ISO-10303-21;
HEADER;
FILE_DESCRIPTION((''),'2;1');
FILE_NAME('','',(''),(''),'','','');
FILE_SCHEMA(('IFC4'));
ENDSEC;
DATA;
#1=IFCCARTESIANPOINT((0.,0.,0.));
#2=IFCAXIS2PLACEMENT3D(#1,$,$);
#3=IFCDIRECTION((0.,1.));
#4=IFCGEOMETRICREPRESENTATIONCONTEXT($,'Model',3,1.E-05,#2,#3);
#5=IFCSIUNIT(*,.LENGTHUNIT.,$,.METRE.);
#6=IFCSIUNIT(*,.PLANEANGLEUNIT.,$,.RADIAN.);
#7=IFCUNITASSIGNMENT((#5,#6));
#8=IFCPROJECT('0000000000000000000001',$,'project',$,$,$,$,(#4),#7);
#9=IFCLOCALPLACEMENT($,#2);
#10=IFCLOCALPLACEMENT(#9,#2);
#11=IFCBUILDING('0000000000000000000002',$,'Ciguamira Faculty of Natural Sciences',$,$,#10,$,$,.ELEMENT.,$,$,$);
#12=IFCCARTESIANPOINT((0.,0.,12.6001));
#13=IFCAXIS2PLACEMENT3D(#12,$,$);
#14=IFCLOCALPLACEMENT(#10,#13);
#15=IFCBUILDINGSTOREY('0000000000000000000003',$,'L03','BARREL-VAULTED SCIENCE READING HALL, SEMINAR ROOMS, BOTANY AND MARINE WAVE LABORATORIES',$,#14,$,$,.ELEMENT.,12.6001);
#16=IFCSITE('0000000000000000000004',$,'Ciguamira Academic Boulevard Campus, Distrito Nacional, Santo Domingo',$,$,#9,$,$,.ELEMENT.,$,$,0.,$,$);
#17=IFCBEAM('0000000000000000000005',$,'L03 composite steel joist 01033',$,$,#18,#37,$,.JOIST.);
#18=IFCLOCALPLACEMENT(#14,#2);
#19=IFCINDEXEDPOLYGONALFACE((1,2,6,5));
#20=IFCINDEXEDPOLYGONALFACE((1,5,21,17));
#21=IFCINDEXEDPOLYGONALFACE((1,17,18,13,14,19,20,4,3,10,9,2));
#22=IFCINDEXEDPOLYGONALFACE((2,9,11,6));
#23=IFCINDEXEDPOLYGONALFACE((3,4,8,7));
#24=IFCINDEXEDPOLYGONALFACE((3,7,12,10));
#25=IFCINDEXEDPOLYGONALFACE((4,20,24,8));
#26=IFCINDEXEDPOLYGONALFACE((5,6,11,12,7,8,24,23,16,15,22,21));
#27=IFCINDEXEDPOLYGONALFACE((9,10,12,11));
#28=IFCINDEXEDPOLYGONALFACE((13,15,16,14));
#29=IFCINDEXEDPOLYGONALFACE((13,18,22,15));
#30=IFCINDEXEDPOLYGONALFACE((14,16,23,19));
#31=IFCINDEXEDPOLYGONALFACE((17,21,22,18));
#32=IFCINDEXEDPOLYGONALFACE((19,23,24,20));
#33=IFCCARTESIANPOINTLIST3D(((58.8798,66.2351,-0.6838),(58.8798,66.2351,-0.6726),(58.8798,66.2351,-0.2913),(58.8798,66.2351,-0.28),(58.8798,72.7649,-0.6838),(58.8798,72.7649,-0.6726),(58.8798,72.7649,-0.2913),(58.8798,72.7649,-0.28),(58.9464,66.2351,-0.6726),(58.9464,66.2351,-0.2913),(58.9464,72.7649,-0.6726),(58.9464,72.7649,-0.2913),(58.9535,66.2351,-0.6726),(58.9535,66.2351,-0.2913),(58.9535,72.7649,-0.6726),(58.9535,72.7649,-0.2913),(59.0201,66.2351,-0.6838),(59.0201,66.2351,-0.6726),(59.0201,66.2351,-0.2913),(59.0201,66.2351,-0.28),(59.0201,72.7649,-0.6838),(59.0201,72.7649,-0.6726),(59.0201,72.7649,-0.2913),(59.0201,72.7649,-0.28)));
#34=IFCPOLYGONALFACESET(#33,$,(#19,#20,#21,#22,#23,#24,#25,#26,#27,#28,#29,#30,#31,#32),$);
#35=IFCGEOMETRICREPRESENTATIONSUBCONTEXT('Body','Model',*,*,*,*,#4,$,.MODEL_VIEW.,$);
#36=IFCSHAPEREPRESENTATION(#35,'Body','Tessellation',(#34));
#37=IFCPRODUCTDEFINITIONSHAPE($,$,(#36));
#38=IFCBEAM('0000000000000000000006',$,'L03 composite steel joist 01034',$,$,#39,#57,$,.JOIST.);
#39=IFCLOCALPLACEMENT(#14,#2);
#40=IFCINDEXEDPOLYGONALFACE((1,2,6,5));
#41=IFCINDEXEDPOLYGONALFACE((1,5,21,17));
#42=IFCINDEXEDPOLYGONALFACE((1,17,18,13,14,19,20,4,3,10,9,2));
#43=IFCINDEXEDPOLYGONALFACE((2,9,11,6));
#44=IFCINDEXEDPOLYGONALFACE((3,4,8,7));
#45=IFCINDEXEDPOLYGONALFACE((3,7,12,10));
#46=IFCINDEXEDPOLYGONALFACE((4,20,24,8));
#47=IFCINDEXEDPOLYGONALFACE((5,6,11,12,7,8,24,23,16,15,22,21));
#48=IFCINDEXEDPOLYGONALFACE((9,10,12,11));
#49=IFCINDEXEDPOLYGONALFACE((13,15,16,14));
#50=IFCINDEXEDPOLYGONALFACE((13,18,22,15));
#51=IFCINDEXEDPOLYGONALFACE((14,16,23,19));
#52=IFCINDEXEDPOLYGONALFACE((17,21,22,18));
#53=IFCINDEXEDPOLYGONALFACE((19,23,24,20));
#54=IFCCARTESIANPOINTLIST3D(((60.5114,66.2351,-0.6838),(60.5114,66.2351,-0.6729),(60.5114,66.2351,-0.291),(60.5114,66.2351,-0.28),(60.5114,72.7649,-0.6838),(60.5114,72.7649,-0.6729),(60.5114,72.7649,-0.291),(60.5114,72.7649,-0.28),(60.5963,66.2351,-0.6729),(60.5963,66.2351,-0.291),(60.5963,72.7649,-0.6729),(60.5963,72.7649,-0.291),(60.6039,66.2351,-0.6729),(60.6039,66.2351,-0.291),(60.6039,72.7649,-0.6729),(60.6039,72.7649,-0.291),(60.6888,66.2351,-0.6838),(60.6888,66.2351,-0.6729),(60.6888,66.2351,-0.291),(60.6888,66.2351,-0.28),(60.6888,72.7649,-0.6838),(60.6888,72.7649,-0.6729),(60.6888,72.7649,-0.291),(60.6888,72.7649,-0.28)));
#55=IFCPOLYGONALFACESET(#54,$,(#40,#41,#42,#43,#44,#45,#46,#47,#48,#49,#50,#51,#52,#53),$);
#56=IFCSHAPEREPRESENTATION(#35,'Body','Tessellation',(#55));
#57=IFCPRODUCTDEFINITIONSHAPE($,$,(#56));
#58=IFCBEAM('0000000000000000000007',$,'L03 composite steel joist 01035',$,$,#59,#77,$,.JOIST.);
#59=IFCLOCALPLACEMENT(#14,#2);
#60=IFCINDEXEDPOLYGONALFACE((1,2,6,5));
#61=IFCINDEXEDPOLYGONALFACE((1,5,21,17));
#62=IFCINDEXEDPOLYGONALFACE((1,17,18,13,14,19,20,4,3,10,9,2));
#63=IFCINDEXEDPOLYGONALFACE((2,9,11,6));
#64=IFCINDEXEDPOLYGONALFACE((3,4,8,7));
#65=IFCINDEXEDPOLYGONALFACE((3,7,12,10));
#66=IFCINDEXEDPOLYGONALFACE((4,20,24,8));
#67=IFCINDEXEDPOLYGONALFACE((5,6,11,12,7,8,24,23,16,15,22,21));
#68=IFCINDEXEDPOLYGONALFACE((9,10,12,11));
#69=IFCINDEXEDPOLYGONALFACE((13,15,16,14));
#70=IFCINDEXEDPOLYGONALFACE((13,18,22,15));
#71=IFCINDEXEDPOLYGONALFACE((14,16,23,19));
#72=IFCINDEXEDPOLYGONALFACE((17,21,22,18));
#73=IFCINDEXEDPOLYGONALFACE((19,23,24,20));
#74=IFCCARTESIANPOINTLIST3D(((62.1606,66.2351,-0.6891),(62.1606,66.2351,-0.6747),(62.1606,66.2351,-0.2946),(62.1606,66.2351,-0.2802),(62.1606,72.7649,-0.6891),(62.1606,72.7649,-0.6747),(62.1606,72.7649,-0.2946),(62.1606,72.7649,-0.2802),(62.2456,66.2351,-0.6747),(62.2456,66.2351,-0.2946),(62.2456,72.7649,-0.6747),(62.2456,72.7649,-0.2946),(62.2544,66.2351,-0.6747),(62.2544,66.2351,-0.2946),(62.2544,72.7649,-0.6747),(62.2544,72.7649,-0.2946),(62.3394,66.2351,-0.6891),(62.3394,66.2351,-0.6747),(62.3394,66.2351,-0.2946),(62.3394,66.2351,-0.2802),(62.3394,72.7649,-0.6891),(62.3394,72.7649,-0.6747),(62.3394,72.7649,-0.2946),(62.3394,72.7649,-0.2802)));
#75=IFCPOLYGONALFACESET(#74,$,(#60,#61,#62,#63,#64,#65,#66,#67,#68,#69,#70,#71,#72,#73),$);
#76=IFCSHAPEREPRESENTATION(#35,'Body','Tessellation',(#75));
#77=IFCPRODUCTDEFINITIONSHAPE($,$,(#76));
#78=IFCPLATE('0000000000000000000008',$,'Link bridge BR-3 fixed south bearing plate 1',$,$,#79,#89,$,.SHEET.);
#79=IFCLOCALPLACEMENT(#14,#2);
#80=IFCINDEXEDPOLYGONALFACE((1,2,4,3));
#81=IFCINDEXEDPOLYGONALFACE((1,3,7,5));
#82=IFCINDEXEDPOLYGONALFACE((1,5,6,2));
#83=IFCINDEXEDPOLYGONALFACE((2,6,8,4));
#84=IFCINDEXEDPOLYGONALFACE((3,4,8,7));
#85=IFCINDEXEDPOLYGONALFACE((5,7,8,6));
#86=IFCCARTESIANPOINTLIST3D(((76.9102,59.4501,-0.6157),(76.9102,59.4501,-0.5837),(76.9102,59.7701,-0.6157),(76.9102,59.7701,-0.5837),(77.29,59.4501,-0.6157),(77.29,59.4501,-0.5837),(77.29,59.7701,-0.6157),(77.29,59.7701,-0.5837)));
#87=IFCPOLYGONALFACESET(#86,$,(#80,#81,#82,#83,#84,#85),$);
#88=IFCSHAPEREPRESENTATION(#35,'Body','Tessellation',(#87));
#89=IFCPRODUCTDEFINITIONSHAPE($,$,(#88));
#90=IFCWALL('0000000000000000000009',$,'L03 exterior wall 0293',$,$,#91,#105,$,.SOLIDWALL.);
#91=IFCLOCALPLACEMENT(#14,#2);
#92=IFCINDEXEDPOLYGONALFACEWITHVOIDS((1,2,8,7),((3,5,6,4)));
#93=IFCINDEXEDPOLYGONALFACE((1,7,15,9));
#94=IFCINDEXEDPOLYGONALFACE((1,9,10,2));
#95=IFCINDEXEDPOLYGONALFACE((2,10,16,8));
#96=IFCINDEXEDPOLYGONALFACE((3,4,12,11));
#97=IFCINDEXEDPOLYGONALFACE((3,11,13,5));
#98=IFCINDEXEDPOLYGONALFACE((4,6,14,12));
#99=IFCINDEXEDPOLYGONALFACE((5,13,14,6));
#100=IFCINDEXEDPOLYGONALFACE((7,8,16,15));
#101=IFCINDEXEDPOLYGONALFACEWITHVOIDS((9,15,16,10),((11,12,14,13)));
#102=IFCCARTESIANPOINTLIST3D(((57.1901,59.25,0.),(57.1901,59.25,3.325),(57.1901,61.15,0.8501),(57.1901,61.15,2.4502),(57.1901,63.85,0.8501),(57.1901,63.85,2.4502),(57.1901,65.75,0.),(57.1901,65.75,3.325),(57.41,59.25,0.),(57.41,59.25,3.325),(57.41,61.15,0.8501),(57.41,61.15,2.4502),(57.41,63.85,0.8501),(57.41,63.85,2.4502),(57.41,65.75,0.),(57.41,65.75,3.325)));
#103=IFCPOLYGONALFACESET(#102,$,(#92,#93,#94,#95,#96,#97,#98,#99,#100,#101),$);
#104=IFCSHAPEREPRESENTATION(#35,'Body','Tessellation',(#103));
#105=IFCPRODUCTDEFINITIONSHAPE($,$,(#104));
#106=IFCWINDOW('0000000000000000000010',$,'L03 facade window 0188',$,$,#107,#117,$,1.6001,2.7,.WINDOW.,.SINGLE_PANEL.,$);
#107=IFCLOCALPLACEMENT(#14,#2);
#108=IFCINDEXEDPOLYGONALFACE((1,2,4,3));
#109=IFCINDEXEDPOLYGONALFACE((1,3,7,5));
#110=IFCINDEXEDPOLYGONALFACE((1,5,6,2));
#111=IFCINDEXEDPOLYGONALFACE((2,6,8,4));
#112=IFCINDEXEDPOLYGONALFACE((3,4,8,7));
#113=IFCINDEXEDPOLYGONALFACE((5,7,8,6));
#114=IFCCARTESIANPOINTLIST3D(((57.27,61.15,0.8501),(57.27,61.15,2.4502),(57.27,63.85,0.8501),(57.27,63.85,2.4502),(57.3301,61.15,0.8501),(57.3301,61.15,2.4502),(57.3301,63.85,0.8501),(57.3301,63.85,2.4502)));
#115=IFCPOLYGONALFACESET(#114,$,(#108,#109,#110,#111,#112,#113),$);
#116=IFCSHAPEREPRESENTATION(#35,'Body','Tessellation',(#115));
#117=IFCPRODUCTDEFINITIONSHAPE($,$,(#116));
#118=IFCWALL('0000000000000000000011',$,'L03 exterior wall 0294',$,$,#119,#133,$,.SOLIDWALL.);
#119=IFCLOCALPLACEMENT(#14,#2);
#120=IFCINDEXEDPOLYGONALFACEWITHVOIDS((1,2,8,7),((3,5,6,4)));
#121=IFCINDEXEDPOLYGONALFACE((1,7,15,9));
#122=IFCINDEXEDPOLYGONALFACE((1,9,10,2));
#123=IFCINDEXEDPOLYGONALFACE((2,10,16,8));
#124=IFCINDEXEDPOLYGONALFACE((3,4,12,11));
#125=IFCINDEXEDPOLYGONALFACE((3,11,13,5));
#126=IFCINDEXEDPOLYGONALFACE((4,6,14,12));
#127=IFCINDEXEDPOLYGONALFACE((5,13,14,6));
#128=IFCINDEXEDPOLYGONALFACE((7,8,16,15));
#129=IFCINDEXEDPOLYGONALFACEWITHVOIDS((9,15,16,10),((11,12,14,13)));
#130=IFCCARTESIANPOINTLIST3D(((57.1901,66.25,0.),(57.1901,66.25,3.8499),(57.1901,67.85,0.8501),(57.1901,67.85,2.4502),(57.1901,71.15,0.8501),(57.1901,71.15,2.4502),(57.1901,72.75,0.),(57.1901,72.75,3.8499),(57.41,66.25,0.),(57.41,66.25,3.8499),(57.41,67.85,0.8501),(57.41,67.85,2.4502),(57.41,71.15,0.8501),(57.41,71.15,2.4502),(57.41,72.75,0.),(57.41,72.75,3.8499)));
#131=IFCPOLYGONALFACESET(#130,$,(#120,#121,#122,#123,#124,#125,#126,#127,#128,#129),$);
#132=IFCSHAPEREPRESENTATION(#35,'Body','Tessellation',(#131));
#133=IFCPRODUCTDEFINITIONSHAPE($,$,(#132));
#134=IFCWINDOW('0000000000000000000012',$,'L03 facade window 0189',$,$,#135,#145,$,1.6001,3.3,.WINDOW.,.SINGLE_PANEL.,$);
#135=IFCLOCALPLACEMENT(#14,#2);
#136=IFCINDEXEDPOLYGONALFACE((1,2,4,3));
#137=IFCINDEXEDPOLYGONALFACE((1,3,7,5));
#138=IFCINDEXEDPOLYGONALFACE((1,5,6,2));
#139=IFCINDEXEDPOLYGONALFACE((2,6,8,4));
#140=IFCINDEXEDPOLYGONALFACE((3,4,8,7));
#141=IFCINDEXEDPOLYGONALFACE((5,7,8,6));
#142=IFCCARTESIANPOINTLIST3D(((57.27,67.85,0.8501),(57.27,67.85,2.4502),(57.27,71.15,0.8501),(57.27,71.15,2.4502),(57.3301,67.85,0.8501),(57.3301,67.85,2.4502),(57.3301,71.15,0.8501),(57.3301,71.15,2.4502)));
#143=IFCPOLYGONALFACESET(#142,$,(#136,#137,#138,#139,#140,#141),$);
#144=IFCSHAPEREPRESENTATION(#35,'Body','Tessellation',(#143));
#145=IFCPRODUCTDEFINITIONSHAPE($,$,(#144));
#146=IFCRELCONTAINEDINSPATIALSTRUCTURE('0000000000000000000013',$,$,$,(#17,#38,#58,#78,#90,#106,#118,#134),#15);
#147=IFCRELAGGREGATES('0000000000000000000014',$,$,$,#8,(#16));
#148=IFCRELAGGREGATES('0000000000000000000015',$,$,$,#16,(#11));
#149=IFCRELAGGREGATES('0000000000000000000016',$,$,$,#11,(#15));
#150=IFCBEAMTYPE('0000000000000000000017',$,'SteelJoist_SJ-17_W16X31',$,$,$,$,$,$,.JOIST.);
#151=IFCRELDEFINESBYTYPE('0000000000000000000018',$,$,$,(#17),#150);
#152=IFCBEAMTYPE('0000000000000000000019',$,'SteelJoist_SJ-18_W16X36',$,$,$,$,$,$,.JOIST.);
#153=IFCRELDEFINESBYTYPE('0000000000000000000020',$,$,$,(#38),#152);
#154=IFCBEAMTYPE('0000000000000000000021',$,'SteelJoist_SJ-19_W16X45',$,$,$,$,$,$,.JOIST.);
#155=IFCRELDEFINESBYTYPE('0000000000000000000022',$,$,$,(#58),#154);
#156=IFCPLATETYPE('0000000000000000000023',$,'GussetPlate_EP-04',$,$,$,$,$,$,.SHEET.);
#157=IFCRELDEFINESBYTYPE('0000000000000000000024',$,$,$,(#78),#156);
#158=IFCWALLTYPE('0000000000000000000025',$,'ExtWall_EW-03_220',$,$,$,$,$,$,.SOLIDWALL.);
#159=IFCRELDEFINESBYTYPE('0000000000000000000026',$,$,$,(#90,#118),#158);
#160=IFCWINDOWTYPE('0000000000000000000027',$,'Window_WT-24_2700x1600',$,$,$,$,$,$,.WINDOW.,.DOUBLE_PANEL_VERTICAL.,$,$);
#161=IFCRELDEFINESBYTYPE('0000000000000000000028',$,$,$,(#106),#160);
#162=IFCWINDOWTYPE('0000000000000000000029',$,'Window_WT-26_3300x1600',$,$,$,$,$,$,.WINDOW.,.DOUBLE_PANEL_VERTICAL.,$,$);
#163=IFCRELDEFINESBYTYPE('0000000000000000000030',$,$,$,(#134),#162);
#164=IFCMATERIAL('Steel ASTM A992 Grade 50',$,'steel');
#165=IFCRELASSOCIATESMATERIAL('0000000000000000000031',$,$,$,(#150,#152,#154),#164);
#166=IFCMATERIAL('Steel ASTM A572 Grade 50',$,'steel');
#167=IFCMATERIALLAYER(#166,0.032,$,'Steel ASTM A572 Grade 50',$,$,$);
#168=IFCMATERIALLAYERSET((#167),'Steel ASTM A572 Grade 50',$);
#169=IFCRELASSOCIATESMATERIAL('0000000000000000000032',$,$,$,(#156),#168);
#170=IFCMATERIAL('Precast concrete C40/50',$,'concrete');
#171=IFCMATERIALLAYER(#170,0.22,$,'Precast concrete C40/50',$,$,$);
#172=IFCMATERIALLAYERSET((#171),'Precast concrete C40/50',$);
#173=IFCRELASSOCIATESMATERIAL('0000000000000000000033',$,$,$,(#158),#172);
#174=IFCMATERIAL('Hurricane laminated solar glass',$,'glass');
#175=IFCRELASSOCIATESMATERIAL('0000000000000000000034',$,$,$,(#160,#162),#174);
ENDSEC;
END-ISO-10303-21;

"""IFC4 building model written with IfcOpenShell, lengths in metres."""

from ifc_helpers import new_model, si_unit, direction, frame, frame_2d, origin, origin_2d, place, context, subcontext, project, spatial, rectangle, i_section, extrude, material, layer, layer_set, material_profile, profile_set, type_object, element, fill, save


model = new_model("IFC4")

# Units and contexts
model_context = context("Model", 3, precision=1e-05, world=origin(), true_north=direction((0.0, 1.0)))
body_context = subcontext(model_context, "Body", "Model", "MODEL_VIEW")
ifc_project = project(units=[si_unit("LENGTHUNIT", "METRE"), si_unit("PLANEANGLEUNIT", "RADIAN")], contexts=[model_context])

# Site, building, storey
site_placement = place(None, origin())
site = spatial("IfcSite", under=ifc_project, at=site_placement, Name="Ciguamira Academic Boulevard Campus, Distrito Nacional, Santo Domingo", CompositionType="ELEMENT", RefElevation=0.0)
building_placement = place(site_placement, origin())
building = spatial("IfcBuilding", under=site, at=building_placement, Name="Ciguamira Faculty of Natural Sciences", CompositionType="ELEMENT")
storey_placement = place(building_placement, frame((0.0, 0.0, 12.6001)))
storey = spatial("IfcBuildingStorey", under=building, at=storey_placement, Name="L03", Description="BARREL-VAULTED SCIENCE READING HALL, SEMINAR ROOMS, BOTANY AND MARINE WAVE LABORATORIES", CompositionType="ELEMENT", Elevation=12.6001)

# Beams
ifc_material_1 = material(Name="Precast concrete C40/50", Category="concrete")
ifc_material_2 = material(Name="Steel ASTM A992 Grade 50", Category="steel")
ifc_material_profile_1 = material_profile(ifc_material_2, i_section(OverallWidth=0.1404, OverallDepth=0.4038, WebThickness=0.0071, FlangeThickness=0.0112, at=origin_2d()), Name="W16X31")
ifc_profile_set_1 = profile_set([ifc_material_profile_1], Name="Steel ASTM A992 Grade 50")
beam_type_1 = type_object("IfcBeamType", Name="SteelJoist_SJ-17_W16X31", PredefinedType="JOIST", material=ifc_profile_set_1)
beam_1_placement = place(storey_placement, frame((58.95, 66.2351, -0.4819), z_axis=(0.0, 1.0, 0.0), x_axis=(-1.0, 0.0, 0.0)))
element("IfcBeam", 1, at=beam_1_placement, inside=storey, type_object=beam_type_1, Name="L03 composite steel joist 01033", PredefinedType="JOIST", context=body_context, shape_type="SweptSolid", body=[
    extrude(i_section(OverallWidth=0.1404, OverallDepth=0.4038, WebThickness=0.0071, FlangeThickness=0.0112, at=origin_2d()), origin(), (0.0, 0.0, 1.0), 6.5298),
])
ifc_material_profile_2 = material_profile(ifc_material_2, i_section(OverallWidth=0.1775, OverallDepth=0.4038, WebThickness=0.0076, FlangeThickness=0.011, at=origin_2d()), Name="W16X36")
ifc_profile_set_2 = profile_set([ifc_material_profile_2], Name="Steel ASTM A992 Grade 50")
beam_type_2 = type_object("IfcBeamType", Name="SteelJoist_SJ-18_W16X36", PredefinedType="JOIST", material=ifc_profile_set_2)
beam_2_placement = place(storey_placement, frame((60.6001, 66.2351, -0.4819), z_axis=(0.0, 1.0, 0.0), x_axis=(-1.0, 0.0, 0.0)))
element("IfcBeam", 2, at=beam_2_placement, inside=storey, type_object=beam_type_2, Name="L03 composite steel joist 01034", PredefinedType="JOIST", context=body_context, shape_type="SweptSolid", body=[
    extrude(i_section(OverallWidth=0.1775, OverallDepth=0.4038, WebThickness=0.0076, FlangeThickness=0.011, at=origin_2d()), origin(), (0.0, 0.0, 1.0), 6.5298),
])
ifc_material_profile_3 = material_profile(ifc_material_2, i_section(OverallWidth=0.1787, OverallDepth=0.4089, WebThickness=0.0088, FlangeThickness=0.0144, at=origin_2d()), Name="W16X45")
ifc_profile_set_3 = profile_set([ifc_material_profile_3], Name="Steel ASTM A992 Grade 50")
beam_type_3 = type_object("IfcBeamType", Name="SteelJoist_SJ-19_W16X45", PredefinedType="JOIST", material=ifc_profile_set_3)
beam_3_placement = place(storey_placement, frame((62.25, 66.2351, -0.4846), z_axis=(0.0, 1.0, 0.0), x_axis=(-1.0, 0.0, 0.0)))
element("IfcBeam", 3, at=beam_3_placement, inside=storey, type_object=beam_type_3, Name="L03 composite steel joist 01035", PredefinedType="JOIST", context=body_context, shape_type="SweptSolid", body=[
    extrude(i_section(OverallWidth=0.1787, OverallDepth=0.4089, WebThickness=0.0088, FlangeThickness=0.0144, at=origin_2d()), origin(), (0.0, 0.0, 1.0), 6.5298),
])

# Plate
ifc_material_3 = material(Name="Steel ASTM A572 Grade 50", Category="steel")
ifc_layer_1 = layer(ifc_material_3, 0.032, Name="Steel ASTM A572 Grade 50")
ifc_layer_set_1 = layer_set([ifc_layer_1], Name="Steel ASTM A572 Grade 50")
plate_type = type_object("IfcPlateType", Name="GussetPlate_EP-04", PredefinedType="SHEET", material=ifc_layer_set_1)
plate_placement = place(storey_placement, frame((77.1001, 59.6101, -0.6157), z_axis=(0.0, 0.0, 1.0), x_axis=(1.0, 0.0, 0.0)))
element("IfcPlate", 4, at=plate_placement, inside=storey, type_object=plate_type, Name="Link bridge BR-3 fixed south bearing plate 1", PredefinedType="SHEET", context=body_context, shape_type="SweptSolid", body=[
    extrude(rectangle(XDim=0.3799, YDim=0.3201, at=origin_2d()), origin(), (0.0, 0.0, 1.0), 0.032),
])

# Walls, openings, windows
ifc_layer_2 = layer(ifc_material_1, 0.22, Name="Precast concrete C40/50")
ifc_layer_set_2 = layer_set([ifc_layer_2], Name="Precast concrete C40/50")
wall_type = type_object("IfcWallType", Name="ExtWall_EW-03_220", PredefinedType="SOLIDWALL", material=ifc_layer_set_2)
wall_1_placement = place(storey_placement, frame((57.3, 59.25, 0.0), z_axis=(0.0, 0.0, 1.0), x_axis=(0.0, 1.0, 0.0)))
wall_1 = element("IfcWall", 5, at=wall_1_placement, inside=storey, type_object=wall_type, Name="L03 exterior wall 0293", PredefinedType="SOLIDWALL", context=body_context, shape_type="SweptSolid", body=[
    extrude(rectangle(XDim=6.5, YDim=0.22, at=frame_2d((3.25, 0.0))), origin(), (0.0, 0.0, 1.0), 3.325),
])
opening_1_placement = place(wall_1_placement, frame((1.8999, 0.0, 0.8501)))
opening_1 = element("IfcOpeningElement", 6, at=opening_1_placement, cuts=wall_1, PredefinedType="OPENING", context=body_context, shape_type="SweptSolid", body=[
    extrude(rectangle(XDim=2.7, YDim=1.6001, at=frame_2d((1.3501, 0.8))), frame((0.0, 0.1199, 0.0), z_axis=(0.0, -1.0, 0.0), x_axis=(1.0, 0.0, 0.0)), (0.0, 0.0, 1.0), 0.24),
])
ifc_material_4 = material(Name="Hurricane laminated solar glass", Category="glass")
window_type_1 = type_object("IfcWindowType", Name="Window_WT-24_2700x1600", PartitioningType="DOUBLE_PANEL_VERTICAL", PredefinedType="WINDOW", material=ifc_material_4)
window_1_placement = place(opening_1_placement, origin())
window_1 = element("IfcWindow", 7, at=window_1_placement, inside=storey, type_object=window_type_1, Name="L03 facade window 0188", OverallHeight=1.6001, OverallWidth=2.7, PartitioningType="SINGLE_PANEL", PredefinedType="WINDOW", context=body_context, shape_type="SweptSolid", body=[
    extrude(rectangle(XDim=2.7, YDim=1.6001, at=frame_2d((1.3501, 0.8))), frame((0.0, 0.03, 0.0), z_axis=(0.0, -1.0, 0.0), x_axis=(1.0, 0.0, 0.0)), (0.0, 0.0, 1.0), 0.0601),
])
fill(opening_1, window_1)
wall_2_placement = place(storey_placement, frame((57.3, 66.25, 0.0), z_axis=(0.0, 0.0, 1.0), x_axis=(0.0, 1.0, 0.0)))
wall_2 = element("IfcWall", 8, at=wall_2_placement, inside=storey, type_object=wall_type, Name="L03 exterior wall 0294", PredefinedType="SOLIDWALL", context=body_context, shape_type="SweptSolid", body=[
    extrude(rectangle(XDim=6.5, YDim=0.22, at=frame_2d((3.25, 0.0))), origin(), (0.0, 0.0, 1.0), 3.8499),
])
opening_2_placement = place(wall_2_placement, frame((1.6001, 0.0, 0.8501)))
opening_2 = element("IfcOpeningElement", 9, at=opening_2_placement, cuts=wall_2, PredefinedType="OPENING", context=body_context, shape_type="SweptSolid", body=[
    extrude(rectangle(XDim=3.3, YDim=1.6001, at=frame_2d((1.6499, 0.8))), frame((0.0, 0.1199, 0.0), z_axis=(0.0, -1.0, 0.0), x_axis=(1.0, 0.0, 0.0)), (0.0, 0.0, 1.0), 0.24),
])
window_type_2 = type_object("IfcWindowType", Name="Window_WT-26_3300x1600", PartitioningType="DOUBLE_PANEL_VERTICAL", PredefinedType="WINDOW", material=ifc_material_4)
window_2_placement = place(opening_2_placement, origin())
window_2 = element("IfcWindow", 10, at=window_2_placement, inside=storey, type_object=window_type_2, Name="L03 facade window 0189", OverallHeight=1.6001, OverallWidth=3.3, PartitioningType="SINGLE_PANEL", PredefinedType="WINDOW", context=body_context, shape_type="SweptSolid", body=[
    extrude(rectangle(XDim=3.3, YDim=1.6001, at=frame_2d((1.6499, 0.8))), frame((0.0, 0.03, 0.0), z_axis=(0.0, -1.0, 0.0), x_axis=(1.0, 0.0, 0.0)), (0.0, 0.0, 1.0), 0.0601),
])
fill(opening_2, window_2)

save(model, "model.ifc")
